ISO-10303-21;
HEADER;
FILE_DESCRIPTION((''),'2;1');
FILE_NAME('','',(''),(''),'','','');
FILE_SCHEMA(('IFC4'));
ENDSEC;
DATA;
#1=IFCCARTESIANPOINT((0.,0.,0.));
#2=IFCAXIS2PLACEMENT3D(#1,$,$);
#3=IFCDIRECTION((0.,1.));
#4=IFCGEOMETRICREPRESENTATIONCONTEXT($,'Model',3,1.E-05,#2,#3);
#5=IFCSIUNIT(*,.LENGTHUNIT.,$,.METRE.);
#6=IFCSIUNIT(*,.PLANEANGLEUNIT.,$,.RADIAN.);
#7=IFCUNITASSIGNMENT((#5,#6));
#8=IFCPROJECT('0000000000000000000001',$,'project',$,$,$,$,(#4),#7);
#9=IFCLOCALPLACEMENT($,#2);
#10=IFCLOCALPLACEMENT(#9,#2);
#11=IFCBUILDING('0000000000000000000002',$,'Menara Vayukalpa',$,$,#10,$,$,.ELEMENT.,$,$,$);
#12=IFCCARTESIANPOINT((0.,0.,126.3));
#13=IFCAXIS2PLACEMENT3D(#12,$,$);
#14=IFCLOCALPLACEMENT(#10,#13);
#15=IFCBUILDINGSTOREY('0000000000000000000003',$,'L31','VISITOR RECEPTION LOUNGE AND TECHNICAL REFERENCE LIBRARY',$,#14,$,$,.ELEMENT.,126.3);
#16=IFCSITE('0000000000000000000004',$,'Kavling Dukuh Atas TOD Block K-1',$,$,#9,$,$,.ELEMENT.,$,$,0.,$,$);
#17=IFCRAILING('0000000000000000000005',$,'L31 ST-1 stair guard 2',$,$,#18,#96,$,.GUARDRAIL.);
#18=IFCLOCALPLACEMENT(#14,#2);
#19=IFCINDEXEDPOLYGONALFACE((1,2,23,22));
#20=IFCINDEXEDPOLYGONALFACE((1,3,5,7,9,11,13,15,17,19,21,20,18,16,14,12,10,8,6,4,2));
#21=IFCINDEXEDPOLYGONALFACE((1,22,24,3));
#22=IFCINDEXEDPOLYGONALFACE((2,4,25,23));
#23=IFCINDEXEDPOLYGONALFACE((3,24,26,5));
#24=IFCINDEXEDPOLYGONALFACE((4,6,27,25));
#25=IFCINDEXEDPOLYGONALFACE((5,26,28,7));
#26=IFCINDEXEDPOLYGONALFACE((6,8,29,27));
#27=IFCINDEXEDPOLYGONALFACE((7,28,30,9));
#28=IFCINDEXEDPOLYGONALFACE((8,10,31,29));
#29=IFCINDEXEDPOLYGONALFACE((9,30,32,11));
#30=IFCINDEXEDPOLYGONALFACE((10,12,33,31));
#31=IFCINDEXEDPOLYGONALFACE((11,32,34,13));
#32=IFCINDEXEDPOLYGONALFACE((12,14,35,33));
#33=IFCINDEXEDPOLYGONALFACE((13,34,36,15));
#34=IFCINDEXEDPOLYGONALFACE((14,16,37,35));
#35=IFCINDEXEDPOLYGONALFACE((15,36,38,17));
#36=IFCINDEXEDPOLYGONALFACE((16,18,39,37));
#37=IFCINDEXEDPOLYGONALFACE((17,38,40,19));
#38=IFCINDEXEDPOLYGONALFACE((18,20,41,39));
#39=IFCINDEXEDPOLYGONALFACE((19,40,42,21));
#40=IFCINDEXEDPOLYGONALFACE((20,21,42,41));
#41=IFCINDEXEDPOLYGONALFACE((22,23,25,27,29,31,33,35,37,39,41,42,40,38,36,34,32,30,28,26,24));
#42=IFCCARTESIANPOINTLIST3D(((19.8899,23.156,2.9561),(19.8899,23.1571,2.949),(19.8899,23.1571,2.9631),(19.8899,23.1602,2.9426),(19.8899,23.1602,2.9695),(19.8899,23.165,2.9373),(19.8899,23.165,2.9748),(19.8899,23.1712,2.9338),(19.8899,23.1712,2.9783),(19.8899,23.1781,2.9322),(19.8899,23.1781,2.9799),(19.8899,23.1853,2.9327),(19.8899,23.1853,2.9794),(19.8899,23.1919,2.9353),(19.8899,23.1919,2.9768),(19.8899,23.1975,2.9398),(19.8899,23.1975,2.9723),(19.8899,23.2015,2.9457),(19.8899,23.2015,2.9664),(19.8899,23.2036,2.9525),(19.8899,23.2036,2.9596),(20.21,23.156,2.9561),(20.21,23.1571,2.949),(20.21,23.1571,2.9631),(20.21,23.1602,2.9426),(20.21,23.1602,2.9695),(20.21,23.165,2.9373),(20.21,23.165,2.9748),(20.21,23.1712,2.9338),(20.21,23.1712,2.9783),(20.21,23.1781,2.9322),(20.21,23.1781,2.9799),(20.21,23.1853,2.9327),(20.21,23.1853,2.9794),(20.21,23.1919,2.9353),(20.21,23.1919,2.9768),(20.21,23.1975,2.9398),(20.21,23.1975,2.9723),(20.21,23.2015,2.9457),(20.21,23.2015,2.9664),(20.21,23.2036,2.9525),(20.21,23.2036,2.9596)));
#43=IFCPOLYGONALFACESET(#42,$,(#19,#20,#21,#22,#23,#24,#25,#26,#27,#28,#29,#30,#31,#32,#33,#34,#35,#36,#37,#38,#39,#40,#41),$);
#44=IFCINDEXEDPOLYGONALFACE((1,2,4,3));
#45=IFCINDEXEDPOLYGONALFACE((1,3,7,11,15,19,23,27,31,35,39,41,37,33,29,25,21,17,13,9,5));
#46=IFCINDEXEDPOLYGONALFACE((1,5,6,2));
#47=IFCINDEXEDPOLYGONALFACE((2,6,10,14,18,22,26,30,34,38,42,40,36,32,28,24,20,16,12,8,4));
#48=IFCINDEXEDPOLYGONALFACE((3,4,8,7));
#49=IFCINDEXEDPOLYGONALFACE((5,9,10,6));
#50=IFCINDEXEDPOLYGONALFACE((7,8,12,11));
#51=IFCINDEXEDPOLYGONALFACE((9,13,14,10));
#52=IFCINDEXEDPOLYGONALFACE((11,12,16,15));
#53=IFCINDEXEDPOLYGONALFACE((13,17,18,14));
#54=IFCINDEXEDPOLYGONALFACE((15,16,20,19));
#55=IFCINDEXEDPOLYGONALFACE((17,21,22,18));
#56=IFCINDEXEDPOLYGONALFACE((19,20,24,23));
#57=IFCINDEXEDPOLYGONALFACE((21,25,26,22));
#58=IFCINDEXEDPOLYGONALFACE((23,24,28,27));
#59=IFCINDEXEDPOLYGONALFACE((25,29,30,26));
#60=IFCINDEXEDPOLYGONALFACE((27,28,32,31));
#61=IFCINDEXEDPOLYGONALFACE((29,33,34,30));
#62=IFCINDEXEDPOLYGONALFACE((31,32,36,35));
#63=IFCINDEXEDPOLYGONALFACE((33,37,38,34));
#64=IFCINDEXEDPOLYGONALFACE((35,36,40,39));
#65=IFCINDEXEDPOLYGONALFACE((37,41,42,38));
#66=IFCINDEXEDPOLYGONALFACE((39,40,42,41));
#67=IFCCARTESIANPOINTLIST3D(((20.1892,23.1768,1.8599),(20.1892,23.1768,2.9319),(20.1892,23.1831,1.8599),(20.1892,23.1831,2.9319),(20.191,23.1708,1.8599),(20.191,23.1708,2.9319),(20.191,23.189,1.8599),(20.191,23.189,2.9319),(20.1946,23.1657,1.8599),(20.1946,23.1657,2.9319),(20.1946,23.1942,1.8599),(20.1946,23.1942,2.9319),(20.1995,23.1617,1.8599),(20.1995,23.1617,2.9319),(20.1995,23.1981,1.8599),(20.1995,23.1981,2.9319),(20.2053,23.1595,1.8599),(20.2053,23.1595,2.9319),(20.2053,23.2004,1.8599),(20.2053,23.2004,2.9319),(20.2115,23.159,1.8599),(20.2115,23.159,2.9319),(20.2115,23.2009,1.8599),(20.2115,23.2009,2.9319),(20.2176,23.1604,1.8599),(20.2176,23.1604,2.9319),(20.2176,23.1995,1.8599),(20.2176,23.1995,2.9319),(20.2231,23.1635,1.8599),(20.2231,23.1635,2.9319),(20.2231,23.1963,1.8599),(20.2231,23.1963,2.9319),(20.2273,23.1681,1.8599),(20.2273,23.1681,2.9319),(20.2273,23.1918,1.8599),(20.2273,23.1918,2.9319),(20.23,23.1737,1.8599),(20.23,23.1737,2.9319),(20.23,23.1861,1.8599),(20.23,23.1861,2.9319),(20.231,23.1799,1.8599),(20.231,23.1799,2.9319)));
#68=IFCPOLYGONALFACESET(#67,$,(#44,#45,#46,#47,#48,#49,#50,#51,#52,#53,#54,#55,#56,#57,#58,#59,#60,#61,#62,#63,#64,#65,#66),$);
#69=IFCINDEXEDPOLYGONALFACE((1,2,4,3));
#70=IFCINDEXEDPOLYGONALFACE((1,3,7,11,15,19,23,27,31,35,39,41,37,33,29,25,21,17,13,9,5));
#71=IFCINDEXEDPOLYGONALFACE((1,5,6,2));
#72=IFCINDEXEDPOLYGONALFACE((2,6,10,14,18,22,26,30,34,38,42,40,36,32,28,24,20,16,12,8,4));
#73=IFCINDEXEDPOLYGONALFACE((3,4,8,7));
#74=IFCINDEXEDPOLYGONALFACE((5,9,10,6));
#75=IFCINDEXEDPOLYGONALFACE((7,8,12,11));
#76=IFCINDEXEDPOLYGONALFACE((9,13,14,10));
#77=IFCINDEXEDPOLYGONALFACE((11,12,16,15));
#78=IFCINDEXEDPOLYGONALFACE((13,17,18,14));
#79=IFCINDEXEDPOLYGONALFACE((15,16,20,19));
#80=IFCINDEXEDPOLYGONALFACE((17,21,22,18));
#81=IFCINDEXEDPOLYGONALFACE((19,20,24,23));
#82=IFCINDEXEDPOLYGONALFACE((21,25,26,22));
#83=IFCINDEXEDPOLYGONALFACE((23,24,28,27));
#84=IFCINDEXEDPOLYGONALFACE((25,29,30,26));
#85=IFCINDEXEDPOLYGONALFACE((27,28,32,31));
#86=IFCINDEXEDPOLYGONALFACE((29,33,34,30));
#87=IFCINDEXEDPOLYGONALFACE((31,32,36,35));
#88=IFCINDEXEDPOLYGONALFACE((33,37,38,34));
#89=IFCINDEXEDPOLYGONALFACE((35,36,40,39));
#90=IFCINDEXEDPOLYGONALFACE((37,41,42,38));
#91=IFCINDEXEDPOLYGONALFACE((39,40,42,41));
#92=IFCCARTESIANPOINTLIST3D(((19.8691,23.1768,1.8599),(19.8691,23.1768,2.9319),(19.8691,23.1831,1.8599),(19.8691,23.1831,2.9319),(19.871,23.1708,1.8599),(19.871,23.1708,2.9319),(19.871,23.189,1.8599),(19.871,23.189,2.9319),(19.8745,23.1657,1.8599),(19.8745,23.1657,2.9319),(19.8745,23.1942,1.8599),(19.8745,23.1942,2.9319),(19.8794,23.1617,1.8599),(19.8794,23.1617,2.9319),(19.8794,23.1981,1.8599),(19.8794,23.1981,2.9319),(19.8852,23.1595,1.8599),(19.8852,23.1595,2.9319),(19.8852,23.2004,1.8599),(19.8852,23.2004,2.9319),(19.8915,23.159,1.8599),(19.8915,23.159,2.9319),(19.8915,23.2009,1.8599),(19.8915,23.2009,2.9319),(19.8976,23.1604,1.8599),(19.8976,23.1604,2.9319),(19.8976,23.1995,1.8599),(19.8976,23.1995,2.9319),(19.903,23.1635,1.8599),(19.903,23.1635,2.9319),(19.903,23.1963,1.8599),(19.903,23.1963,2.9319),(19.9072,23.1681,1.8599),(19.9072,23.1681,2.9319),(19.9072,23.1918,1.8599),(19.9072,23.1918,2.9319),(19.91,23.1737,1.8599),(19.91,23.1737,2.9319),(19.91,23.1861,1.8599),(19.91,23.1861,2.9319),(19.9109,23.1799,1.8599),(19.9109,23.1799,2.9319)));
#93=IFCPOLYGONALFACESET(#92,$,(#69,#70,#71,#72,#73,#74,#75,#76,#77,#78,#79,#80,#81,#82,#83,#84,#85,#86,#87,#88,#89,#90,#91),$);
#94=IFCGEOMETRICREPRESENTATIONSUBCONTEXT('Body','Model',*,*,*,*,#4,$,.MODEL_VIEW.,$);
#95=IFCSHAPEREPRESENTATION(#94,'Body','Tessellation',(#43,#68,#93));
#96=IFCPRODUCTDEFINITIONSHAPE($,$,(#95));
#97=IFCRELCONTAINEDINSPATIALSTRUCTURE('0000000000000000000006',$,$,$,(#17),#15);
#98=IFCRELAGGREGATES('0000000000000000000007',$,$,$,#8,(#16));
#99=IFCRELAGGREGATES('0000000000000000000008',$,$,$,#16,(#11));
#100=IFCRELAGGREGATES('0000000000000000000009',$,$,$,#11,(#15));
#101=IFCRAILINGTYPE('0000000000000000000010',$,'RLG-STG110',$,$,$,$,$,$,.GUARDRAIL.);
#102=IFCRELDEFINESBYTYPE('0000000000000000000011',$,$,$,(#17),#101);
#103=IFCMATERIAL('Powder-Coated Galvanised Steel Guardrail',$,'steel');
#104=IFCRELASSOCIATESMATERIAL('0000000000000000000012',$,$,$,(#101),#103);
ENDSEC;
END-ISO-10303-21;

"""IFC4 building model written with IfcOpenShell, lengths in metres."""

from ifc_helpers import new_model, si_unit, direction, frame, origin, origin_2d, place, context, subcontext, project, spatial, circle, extrude, material, type_object, element, save


model = new_model("IFC4")

# Units and contexts
model_context = context("Model", 3, precision=1e-05, world=origin(), true_north=direction((0.0, 1.0)))
body_context = subcontext(model_context, "Body", "Model", "MODEL_VIEW")
ifc_project = project(units=[si_unit("LENGTHUNIT", "METRE"), si_unit("PLANEANGLEUNIT", "RADIAN")], contexts=[model_context])

# Site, building, storey
site_placement = place(None, origin())
site = spatial("IfcSite", under=ifc_project, at=site_placement, Name="Kavling Dukuh Atas TOD Block K-1", CompositionType="ELEMENT", RefElevation=0.0)
building_placement = place(site_placement, origin())
building = spatial("IfcBuilding", under=site, at=building_placement, Name="Menara Vayukalpa", CompositionType="ELEMENT")
storey_placement = place(building_placement, frame((0.0, 0.0, 126.3)))
storey = spatial("IfcBuildingStorey", under=building, at=storey_placement, Name="L31", Description="VISITOR RECEPTION LOUNGE AND TECHNICAL REFERENCE LIBRARY", CompositionType="ELEMENT", Elevation=126.3)

# Railing
ifc_material_1 = material(Name="Powder-Coated Galvanised Steel Guardrail", Category="steel")
railing_type_1 = type_object("IfcRailingType", Name="RLG-STG110", PredefinedType="GUARDRAIL", material=ifc_material_1)
railing_1_placement = place(storey_placement, frame((20.21, 23.1799, 1.8599)))
element("IfcRailing", 1, at=railing_1_placement, inside=storey, type_object=railing_type_1, Name="L31 ST-1 stair guard 2", PredefinedType="GUARDRAIL", context=body_context, shape_type="SweptSolid", body=[
    extrude(circle(Radius=0.0239, at=origin_2d()), frame((0.0, 0.0, 1.0962), z_axis=(-1.0, 0.0, 0.0), x_axis=(0.0, -1.0, 0.0)), (0.0, 0.0, 1.0), 0.3201),
    extrude(circle(Radius=0.021, at=origin_2d()), origin(), (0.0, 0.0, 1.0), 1.072),
    extrude(circle(Radius=0.021, at=origin_2d()), frame((-0.3201, 0.0, 0.0)), (0.0, 0.0, 1.0), 1.072),
])

save(model, "model.ifc")
